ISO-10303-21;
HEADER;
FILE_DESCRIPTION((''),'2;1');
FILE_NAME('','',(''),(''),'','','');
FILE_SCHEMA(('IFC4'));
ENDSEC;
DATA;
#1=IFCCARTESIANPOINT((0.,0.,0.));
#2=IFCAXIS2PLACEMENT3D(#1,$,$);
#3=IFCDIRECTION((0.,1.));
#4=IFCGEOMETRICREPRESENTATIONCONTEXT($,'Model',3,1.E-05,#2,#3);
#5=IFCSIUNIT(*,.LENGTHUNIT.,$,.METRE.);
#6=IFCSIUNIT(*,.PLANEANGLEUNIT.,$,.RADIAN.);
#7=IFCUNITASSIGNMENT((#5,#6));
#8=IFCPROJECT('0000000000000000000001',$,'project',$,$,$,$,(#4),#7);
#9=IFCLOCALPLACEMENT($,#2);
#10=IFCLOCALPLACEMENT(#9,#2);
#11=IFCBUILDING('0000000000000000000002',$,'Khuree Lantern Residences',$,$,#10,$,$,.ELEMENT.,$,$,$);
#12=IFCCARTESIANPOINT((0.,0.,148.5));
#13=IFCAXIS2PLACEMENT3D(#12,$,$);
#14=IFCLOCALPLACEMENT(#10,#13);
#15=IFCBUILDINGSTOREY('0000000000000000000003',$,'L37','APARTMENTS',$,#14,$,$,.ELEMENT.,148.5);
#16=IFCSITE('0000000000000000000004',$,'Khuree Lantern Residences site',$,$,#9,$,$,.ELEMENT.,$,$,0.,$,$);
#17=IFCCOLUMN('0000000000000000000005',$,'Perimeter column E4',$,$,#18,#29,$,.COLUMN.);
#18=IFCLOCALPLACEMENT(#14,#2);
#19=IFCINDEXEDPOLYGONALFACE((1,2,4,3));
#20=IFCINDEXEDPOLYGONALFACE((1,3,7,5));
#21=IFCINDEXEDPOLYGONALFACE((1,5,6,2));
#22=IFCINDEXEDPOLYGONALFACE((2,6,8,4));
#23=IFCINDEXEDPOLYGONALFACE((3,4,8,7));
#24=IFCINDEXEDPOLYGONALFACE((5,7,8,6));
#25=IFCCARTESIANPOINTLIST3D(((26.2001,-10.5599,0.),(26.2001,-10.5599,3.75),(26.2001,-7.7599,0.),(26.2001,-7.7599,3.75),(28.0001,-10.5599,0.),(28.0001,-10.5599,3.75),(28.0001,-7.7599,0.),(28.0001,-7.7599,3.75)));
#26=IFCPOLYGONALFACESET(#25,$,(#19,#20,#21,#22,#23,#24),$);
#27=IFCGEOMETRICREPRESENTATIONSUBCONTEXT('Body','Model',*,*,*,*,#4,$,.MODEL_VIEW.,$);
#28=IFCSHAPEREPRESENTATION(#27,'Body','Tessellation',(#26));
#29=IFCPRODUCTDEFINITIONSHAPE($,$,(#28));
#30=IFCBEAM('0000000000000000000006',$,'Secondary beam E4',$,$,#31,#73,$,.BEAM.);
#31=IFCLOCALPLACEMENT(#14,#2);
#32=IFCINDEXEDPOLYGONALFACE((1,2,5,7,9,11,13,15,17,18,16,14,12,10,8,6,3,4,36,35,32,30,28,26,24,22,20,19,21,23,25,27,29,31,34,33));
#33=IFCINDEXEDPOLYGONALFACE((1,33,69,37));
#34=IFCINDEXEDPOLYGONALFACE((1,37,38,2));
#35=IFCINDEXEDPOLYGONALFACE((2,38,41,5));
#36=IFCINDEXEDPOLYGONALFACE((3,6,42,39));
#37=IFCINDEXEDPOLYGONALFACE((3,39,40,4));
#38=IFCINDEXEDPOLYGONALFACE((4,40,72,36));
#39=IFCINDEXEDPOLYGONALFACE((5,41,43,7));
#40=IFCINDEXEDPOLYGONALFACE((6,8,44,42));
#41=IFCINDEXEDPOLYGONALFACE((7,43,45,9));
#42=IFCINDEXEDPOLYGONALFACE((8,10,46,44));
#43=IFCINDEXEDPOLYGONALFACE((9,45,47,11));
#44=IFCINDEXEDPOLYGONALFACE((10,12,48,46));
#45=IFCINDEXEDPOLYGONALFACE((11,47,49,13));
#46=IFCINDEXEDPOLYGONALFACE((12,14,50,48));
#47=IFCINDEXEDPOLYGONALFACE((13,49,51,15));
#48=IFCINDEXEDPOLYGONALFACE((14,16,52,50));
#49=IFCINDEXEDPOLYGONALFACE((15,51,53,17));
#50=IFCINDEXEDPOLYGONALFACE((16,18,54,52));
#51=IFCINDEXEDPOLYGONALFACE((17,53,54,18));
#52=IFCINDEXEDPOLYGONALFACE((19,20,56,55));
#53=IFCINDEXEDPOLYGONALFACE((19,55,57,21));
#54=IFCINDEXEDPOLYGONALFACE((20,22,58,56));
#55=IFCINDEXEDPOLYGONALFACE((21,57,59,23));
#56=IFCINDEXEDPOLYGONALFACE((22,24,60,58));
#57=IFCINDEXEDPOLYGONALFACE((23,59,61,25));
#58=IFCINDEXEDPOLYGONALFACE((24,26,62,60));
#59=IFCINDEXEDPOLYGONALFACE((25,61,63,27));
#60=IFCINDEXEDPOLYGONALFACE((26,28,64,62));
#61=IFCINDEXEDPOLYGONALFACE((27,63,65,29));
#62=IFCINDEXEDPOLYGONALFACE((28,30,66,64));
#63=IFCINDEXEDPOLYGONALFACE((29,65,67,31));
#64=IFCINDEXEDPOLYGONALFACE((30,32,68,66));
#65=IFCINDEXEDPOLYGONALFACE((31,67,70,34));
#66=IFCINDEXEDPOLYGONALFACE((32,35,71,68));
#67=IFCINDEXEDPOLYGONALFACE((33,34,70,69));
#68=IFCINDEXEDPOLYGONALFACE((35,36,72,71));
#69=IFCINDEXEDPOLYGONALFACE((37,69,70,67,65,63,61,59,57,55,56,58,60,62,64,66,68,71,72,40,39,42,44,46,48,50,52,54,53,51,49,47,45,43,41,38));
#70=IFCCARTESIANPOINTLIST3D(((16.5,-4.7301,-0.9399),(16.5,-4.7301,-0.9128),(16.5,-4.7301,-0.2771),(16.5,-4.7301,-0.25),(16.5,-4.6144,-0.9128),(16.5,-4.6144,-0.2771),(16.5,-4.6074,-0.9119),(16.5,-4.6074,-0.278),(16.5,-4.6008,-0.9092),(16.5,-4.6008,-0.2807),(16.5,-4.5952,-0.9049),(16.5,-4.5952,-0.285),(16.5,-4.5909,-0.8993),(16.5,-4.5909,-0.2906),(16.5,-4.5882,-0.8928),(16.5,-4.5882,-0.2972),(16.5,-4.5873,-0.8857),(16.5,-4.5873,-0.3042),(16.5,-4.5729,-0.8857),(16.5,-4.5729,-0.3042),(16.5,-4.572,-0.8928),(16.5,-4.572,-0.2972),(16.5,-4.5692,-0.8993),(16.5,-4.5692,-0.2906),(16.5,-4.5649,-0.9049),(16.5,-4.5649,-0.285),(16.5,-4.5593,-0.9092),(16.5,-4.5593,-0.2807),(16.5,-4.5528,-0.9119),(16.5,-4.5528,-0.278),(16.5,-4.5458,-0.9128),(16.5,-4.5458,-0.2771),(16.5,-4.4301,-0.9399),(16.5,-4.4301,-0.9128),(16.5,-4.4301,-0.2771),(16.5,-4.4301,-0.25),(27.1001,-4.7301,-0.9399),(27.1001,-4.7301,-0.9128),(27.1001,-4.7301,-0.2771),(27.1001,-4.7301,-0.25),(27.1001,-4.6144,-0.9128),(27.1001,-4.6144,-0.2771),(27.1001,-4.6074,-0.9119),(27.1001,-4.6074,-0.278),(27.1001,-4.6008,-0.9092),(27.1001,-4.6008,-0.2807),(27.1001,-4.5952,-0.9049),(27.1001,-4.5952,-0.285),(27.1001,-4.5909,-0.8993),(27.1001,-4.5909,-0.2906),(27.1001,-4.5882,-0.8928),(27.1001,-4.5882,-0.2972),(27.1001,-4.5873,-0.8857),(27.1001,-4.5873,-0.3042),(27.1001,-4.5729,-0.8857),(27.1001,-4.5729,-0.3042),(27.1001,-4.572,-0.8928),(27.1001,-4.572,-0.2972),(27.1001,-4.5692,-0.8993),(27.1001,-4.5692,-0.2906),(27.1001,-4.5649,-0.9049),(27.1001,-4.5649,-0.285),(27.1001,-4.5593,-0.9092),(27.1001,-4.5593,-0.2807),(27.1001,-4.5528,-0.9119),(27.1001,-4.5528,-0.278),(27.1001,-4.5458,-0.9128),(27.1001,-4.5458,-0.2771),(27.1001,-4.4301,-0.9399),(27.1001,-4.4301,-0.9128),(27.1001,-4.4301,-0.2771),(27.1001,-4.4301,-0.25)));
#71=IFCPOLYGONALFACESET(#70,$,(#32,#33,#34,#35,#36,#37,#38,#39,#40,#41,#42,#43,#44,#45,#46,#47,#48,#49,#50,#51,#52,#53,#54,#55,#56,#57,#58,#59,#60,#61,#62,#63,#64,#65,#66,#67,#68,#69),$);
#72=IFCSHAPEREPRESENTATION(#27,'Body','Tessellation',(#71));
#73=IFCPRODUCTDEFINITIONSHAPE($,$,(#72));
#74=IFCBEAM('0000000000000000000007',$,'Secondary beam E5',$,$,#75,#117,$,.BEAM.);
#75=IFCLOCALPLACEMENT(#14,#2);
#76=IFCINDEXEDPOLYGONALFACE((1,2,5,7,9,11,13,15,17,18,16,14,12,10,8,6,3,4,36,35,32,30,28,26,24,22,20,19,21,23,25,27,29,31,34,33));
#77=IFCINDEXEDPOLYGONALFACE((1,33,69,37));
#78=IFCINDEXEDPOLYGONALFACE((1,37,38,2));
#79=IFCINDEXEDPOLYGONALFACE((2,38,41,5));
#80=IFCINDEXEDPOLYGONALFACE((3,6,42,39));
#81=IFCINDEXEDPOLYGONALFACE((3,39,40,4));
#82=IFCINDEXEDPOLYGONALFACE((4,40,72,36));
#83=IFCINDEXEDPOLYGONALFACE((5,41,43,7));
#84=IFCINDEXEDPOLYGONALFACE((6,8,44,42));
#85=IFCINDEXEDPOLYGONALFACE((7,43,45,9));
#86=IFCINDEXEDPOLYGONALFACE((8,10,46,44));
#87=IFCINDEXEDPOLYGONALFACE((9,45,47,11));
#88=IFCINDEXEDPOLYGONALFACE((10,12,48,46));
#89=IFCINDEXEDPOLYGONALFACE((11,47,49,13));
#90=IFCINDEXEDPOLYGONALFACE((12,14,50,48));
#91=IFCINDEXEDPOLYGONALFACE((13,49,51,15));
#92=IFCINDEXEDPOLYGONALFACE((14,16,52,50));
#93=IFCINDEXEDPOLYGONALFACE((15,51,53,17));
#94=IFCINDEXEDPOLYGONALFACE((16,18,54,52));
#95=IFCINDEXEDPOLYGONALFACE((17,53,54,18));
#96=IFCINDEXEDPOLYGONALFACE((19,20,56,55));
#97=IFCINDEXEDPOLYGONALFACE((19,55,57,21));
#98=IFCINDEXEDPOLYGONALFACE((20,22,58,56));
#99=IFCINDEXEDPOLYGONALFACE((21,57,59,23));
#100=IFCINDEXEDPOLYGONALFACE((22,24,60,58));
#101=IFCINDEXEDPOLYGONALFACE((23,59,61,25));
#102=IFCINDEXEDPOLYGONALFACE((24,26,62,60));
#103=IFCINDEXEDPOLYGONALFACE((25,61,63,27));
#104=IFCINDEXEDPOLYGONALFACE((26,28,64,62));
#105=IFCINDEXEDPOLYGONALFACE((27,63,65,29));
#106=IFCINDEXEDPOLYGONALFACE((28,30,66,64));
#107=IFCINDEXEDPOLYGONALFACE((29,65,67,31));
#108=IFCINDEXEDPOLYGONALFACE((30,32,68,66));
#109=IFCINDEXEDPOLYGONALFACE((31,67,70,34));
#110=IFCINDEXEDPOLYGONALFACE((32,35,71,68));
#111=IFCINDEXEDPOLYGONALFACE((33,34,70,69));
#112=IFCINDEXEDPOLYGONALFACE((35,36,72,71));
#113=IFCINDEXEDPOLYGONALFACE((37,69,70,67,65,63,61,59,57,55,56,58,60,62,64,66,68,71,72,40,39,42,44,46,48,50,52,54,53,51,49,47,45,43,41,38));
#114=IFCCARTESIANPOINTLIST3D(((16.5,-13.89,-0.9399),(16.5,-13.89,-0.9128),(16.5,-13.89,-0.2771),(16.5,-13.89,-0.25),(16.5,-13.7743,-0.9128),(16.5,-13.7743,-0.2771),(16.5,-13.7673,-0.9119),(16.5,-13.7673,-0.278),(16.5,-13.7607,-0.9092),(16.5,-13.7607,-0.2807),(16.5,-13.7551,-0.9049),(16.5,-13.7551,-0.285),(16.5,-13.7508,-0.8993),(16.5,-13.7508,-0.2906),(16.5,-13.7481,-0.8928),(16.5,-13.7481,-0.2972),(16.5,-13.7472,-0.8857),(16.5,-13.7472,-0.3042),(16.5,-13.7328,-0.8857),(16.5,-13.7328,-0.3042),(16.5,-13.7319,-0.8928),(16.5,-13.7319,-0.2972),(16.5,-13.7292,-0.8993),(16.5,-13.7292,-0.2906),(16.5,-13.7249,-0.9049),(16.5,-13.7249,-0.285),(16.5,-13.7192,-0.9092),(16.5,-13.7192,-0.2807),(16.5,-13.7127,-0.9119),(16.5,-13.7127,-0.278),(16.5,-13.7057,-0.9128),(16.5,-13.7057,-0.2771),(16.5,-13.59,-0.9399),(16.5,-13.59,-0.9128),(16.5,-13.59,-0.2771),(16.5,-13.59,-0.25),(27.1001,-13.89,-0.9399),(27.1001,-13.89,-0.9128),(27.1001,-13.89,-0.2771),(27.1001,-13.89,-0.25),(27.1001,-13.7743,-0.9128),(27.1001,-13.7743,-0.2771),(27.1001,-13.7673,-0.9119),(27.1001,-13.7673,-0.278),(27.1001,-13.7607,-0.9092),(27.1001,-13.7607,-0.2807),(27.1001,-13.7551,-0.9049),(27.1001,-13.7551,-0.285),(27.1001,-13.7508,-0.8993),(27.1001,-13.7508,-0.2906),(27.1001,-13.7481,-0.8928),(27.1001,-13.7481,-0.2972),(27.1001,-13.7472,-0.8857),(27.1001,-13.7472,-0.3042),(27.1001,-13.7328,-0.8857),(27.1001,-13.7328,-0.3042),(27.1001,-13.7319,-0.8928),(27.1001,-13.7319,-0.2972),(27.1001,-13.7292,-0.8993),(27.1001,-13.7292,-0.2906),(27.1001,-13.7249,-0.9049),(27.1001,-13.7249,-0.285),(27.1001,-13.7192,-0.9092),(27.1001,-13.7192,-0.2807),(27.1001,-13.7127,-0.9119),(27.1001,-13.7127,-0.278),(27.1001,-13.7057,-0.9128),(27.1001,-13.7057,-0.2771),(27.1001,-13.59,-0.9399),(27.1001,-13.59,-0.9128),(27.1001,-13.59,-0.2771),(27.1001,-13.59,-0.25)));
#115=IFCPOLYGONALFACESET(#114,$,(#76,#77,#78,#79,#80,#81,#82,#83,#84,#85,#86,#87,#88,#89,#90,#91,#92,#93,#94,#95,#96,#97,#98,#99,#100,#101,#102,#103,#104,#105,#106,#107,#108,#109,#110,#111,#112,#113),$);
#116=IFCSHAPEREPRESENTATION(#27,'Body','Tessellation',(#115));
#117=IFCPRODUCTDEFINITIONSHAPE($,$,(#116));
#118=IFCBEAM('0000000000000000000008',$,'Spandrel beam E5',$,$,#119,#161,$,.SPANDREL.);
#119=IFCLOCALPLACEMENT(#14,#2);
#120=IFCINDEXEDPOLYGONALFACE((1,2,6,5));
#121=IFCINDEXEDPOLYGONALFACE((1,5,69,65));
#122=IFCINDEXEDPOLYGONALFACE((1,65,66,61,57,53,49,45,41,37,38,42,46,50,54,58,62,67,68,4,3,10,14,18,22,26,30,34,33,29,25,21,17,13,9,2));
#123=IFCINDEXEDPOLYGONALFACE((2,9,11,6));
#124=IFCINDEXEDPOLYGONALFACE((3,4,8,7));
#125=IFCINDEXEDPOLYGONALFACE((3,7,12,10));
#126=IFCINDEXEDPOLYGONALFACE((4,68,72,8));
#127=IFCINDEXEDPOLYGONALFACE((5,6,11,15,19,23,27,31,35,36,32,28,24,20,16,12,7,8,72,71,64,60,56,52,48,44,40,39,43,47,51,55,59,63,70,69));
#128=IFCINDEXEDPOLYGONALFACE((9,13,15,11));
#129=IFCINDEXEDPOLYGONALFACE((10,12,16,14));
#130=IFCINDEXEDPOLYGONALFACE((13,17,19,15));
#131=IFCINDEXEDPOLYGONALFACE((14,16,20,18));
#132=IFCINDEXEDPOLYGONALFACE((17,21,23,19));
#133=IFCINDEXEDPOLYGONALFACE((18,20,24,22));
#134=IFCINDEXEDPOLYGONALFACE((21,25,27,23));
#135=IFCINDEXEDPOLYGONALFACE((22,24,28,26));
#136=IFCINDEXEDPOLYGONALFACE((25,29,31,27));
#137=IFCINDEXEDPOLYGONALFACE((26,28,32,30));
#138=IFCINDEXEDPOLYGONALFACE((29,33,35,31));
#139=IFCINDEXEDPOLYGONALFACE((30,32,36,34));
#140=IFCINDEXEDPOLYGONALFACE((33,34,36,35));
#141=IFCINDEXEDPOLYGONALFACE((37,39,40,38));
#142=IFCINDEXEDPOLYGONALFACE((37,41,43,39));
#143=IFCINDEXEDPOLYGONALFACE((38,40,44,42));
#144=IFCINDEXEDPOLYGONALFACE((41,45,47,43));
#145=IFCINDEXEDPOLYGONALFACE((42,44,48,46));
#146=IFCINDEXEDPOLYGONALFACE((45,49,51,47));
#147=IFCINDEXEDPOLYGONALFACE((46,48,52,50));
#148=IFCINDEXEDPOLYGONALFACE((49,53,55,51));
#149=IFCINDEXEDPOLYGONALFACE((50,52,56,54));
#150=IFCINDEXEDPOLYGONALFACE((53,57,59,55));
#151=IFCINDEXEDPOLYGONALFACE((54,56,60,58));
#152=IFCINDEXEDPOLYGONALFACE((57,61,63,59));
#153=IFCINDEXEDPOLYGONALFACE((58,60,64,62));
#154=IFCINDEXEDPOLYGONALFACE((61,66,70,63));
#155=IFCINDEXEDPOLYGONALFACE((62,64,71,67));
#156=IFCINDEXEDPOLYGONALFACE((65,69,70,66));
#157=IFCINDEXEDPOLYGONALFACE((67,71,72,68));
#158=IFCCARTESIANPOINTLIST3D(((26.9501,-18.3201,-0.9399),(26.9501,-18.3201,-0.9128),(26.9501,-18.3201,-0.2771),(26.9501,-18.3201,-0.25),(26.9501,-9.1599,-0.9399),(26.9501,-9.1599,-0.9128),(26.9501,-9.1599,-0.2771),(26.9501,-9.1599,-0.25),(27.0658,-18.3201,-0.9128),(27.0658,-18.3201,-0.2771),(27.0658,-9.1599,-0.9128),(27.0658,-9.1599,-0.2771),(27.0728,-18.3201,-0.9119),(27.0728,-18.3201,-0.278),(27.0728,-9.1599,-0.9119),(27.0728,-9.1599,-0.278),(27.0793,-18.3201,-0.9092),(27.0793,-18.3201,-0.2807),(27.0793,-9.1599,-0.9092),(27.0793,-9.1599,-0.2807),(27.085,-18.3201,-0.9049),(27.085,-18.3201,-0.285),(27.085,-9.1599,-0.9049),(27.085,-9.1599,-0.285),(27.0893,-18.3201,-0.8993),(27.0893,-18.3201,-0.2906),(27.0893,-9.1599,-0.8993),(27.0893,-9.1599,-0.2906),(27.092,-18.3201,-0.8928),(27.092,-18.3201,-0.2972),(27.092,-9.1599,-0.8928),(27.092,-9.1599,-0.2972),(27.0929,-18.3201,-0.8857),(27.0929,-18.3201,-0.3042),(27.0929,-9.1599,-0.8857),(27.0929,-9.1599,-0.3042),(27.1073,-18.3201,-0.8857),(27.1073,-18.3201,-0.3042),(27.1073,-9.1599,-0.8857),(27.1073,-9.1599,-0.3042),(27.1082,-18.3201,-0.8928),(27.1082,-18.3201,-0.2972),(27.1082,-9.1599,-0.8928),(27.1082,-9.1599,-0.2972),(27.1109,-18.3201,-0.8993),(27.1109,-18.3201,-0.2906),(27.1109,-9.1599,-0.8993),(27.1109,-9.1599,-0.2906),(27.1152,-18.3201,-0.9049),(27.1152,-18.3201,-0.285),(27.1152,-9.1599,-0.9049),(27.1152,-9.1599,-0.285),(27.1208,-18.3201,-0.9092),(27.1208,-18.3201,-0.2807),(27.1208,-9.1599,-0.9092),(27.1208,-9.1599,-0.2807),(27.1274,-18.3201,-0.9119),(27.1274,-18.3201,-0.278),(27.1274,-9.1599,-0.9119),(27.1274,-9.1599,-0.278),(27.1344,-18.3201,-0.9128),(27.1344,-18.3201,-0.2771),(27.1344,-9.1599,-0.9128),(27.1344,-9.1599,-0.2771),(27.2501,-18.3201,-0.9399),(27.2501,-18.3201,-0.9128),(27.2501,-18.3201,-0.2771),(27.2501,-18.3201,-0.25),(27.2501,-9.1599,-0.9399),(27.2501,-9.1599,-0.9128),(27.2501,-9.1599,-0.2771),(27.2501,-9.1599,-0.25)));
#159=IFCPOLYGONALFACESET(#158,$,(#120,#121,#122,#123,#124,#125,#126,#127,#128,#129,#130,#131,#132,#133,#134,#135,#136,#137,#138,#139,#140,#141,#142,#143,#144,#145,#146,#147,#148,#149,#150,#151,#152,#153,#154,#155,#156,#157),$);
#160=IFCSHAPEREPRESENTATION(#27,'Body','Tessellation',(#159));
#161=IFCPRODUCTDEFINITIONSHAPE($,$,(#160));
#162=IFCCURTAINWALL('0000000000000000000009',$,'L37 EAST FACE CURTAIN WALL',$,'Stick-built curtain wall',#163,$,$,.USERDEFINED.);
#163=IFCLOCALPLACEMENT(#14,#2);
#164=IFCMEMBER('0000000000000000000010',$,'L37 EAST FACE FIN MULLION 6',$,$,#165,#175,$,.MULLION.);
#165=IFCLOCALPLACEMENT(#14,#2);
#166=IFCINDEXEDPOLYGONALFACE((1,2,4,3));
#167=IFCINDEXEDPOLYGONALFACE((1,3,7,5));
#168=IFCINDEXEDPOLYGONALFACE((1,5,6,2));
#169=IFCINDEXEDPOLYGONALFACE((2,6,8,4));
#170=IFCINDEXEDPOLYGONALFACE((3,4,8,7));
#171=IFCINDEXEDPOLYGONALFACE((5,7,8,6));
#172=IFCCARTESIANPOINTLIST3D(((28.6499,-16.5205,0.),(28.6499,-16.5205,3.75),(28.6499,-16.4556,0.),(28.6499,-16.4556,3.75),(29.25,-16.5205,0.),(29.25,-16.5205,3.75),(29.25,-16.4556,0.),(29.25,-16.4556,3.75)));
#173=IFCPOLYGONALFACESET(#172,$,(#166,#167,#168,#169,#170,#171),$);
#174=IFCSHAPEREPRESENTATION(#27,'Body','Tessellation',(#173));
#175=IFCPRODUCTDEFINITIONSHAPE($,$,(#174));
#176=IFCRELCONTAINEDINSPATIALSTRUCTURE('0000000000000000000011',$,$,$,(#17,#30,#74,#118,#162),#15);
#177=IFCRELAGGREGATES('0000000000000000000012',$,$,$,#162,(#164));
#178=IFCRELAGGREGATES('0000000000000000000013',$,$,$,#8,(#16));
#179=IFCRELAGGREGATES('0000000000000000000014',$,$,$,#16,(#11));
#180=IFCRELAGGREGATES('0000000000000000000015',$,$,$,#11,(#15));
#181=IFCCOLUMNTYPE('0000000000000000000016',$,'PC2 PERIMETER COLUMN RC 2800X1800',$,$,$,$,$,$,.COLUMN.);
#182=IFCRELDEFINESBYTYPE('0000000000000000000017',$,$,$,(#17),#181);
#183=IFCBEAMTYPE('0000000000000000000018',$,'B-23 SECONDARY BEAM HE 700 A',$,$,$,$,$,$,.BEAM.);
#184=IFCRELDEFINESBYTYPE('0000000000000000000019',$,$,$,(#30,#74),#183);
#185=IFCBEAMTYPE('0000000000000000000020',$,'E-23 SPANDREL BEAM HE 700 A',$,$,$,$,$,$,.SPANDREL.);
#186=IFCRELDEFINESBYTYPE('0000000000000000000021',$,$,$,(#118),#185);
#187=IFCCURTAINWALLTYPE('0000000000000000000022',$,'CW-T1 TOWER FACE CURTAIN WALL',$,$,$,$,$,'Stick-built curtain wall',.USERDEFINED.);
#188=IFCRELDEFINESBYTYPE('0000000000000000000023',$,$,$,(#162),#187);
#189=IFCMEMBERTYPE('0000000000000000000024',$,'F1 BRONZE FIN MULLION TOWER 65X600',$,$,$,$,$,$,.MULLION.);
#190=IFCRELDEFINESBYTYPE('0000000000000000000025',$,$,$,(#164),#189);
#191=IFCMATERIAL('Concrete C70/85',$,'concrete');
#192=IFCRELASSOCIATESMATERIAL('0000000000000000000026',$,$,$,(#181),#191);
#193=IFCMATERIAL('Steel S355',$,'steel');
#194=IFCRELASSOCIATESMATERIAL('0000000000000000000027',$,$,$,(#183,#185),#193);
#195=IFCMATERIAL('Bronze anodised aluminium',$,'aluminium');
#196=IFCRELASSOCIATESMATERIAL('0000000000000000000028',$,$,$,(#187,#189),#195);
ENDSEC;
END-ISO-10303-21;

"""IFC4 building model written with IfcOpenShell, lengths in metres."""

from ifc_helpers import new_model, si_unit, direction, frame, origin, origin_2d, place, context, subcontext, project, spatial, rectangle, i_section, extrude, material, material_profile, profile_set, type_object, element, aggregate, save


model = new_model("IFC4")

# Units and contexts
model_context = context("Model", 3, precision=1e-05, world=origin(), true_north=direction((0.0, 1.0)))
body_context = subcontext(model_context, "Body", "Model", "MODEL_VIEW")
ifc_project = project(units=[si_unit("LENGTHUNIT", "METRE"), si_unit("PLANEANGLEUNIT", "RADIAN")], contexts=[model_context])

# Site, building, storey
site_placement = place(None, origin())
site = spatial("IfcSite", under=ifc_project, at=site_placement, Name="Khuree Lantern Residences site", CompositionType="ELEMENT", RefElevation=0.0)
building_placement = place(site_placement, origin())
building = spatial("IfcBuilding", under=site, at=building_placement, Name="Khuree Lantern Residences", CompositionType="ELEMENT")
storey_placement = place(building_placement, frame((0.0, 0.0, 148.5)))
storey = spatial("IfcBuildingStorey", under=building, at=storey_placement, Name="L37", Description="APARTMENTS", CompositionType="ELEMENT", Elevation=148.5)

# Column
ifc_material_1 = material(Name="Concrete C70/85", Category="concrete")
ifc_material_profile_1 = material_profile(ifc_material_1, rectangle(XDim=2.8, YDim=1.8, at=origin_2d()), Name="RC 2800X1800")
ifc_profile_set_1 = profile_set([ifc_material_profile_1], Name="Concrete C70/85")
column_type = type_object("IfcColumnType", Name="PC2 PERIMETER COLUMN RC 2800X1800", PredefinedType="COLUMN", material=ifc_profile_set_1)
column_placement = place(storey_placement, frame((27.1001, -9.1599, 0.0), z_axis=(0.0, 0.0, 1.0), x_axis=(0.0, 1.0, 0.0)))
element("IfcColumn", 1, at=column_placement, inside=storey, type_object=column_type, Name="Perimeter column E4", PredefinedType="COLUMN", context=body_context, shape_type="SweptSolid", body=[
    extrude(rectangle(XDim=2.8, YDim=1.8, at=origin_2d()), origin(), (0.0, 0.0, 1.0), 3.75),
])

# Beams
ifc_material_2 = material(Name="Steel S355", Category="steel")
ifc_material_profile_2 = material_profile(ifc_material_2, i_section(OverallWidth=0.3, OverallDepth=0.6899, WebThickness=0.0144, FlangeThickness=0.0271, FilletRadius=0.0271, at=origin_2d()), Name="HE 700 A")
ifc_profile_set_2 = profile_set([ifc_material_profile_2], Name="Steel S355")
beam_type_1 = type_object("IfcBeamType", Name="B-23 SECONDARY BEAM HE 700 A", PredefinedType="BEAM", material=ifc_profile_set_2)
for number, where, z_axis, x_axis, name in (
    (2, (27.1001, -4.5801, -0.595), (-1.0, 0.0, 0.0), (0.0, -1.0, 0.0), "Secondary beam E4"),
    (3, (27.1001, -13.74, -0.595), (-1.0, 0.0, 0.0), (0.0, -1.0, 0.0), "Secondary beam E5"),
):
    element("IfcBeam", number, at=place(storey_placement, frame(where, z_axis=z_axis, x_axis=x_axis)), inside=storey, type_object=beam_type_1, Name=name, PredefinedType="BEAM", context=body_context, shape_type="SweptSolid", body=[
        extrude(i_section(OverallWidth=0.3, OverallDepth=0.6899, WebThickness=0.0144, FlangeThickness=0.0271, FilletRadius=0.0271, at=origin_2d()), origin(), (0.0, 0.0, 1.0), 10.6001),
    ])
ifc_material_profile_3 = material_profile(ifc_material_2, i_section(OverallWidth=0.3, OverallDepth=0.6899, WebThickness=0.0144, FlangeThickness=0.0271, FilletRadius=0.0271, at=origin_2d()), Name="HE 700 A")
ifc_profile_set_3 = profile_set([ifc_material_profile_3], Name="Steel S355")
beam_type_2 = type_object("IfcBeamType", Name="E-23 SPANDREL BEAM HE 700 A", PredefinedType="SPANDREL", material=ifc_profile_set_3)
beam_1_placement = place(storey_placement, frame((27.1001, -9.1599, -0.595), z_axis=(0.0, -1.0, 0.0), x_axis=(1.0, 0.0, 0.0)))
element("IfcBeam", 4, at=beam_1_placement, inside=storey, type_object=beam_type_2, Name="Spandrel beam E5", PredefinedType="SPANDREL", context=body_context, shape_type="SweptSolid", body=[
    extrude(i_section(OverallWidth=0.3, OverallDepth=0.6899, WebThickness=0.0144, FlangeThickness=0.0271, FilletRadius=0.0271, at=origin_2d()), origin(), (0.0, 0.0, 1.0), 9.1602),
])

# Curtain wall, member
ifc_material_3 = material(Name="Bronze anodised aluminium", Category="aluminium")
curtain_wall_type = type_object("IfcCurtainWallType", Name="CW-T1 TOWER FACE CURTAIN WALL", ElementType="Stick-built curtain wall", PredefinedType="USERDEFINED", material=ifc_material_3)
curtain_wall_placement = place(storey_placement, origin())
curtain_wall = element("IfcCurtainWall", 5, at=curtain_wall_placement, inside=storey, type_object=curtain_wall_type, Name="L37 EAST FACE CURTAIN WALL", ObjectType="Stick-built curtain wall", PredefinedType="USERDEFINED")
ifc_material_profile_4 = material_profile(ifc_material_3, rectangle(XDim=0.0649, YDim=0.6001, at=origin_2d()), Name="F1 65X600")
ifc_profile_set_4 = profile_set([ifc_material_profile_4], Name="Bronze anodised aluminium")
member_type_1 = type_object("IfcMemberType", Name="F1 BRONZE FIN MULLION TOWER 65X600", PredefinedType="MULLION", material=ifc_profile_set_4)
member_1_placement = place(storey_placement, frame((28.95, -16.488, 0.0), z_axis=(0.0, 0.0, 1.0), x_axis=(0.0, 1.0, 0.0)))
member_1 = element("IfcMember", 6, at=member_1_placement, type_object=member_type_1, Name="L37 EAST FACE FIN MULLION 6", PredefinedType="MULLION", context=body_context, shape_type="SweptSolid", body=[
    extrude(rectangle(XDim=0.0649, YDim=0.6001, at=origin_2d()), origin(), (0.0, 0.0, 1.0), 3.75),
])

aggregate(curtain_wall, [member_1])

save(model, "model.ifc")
